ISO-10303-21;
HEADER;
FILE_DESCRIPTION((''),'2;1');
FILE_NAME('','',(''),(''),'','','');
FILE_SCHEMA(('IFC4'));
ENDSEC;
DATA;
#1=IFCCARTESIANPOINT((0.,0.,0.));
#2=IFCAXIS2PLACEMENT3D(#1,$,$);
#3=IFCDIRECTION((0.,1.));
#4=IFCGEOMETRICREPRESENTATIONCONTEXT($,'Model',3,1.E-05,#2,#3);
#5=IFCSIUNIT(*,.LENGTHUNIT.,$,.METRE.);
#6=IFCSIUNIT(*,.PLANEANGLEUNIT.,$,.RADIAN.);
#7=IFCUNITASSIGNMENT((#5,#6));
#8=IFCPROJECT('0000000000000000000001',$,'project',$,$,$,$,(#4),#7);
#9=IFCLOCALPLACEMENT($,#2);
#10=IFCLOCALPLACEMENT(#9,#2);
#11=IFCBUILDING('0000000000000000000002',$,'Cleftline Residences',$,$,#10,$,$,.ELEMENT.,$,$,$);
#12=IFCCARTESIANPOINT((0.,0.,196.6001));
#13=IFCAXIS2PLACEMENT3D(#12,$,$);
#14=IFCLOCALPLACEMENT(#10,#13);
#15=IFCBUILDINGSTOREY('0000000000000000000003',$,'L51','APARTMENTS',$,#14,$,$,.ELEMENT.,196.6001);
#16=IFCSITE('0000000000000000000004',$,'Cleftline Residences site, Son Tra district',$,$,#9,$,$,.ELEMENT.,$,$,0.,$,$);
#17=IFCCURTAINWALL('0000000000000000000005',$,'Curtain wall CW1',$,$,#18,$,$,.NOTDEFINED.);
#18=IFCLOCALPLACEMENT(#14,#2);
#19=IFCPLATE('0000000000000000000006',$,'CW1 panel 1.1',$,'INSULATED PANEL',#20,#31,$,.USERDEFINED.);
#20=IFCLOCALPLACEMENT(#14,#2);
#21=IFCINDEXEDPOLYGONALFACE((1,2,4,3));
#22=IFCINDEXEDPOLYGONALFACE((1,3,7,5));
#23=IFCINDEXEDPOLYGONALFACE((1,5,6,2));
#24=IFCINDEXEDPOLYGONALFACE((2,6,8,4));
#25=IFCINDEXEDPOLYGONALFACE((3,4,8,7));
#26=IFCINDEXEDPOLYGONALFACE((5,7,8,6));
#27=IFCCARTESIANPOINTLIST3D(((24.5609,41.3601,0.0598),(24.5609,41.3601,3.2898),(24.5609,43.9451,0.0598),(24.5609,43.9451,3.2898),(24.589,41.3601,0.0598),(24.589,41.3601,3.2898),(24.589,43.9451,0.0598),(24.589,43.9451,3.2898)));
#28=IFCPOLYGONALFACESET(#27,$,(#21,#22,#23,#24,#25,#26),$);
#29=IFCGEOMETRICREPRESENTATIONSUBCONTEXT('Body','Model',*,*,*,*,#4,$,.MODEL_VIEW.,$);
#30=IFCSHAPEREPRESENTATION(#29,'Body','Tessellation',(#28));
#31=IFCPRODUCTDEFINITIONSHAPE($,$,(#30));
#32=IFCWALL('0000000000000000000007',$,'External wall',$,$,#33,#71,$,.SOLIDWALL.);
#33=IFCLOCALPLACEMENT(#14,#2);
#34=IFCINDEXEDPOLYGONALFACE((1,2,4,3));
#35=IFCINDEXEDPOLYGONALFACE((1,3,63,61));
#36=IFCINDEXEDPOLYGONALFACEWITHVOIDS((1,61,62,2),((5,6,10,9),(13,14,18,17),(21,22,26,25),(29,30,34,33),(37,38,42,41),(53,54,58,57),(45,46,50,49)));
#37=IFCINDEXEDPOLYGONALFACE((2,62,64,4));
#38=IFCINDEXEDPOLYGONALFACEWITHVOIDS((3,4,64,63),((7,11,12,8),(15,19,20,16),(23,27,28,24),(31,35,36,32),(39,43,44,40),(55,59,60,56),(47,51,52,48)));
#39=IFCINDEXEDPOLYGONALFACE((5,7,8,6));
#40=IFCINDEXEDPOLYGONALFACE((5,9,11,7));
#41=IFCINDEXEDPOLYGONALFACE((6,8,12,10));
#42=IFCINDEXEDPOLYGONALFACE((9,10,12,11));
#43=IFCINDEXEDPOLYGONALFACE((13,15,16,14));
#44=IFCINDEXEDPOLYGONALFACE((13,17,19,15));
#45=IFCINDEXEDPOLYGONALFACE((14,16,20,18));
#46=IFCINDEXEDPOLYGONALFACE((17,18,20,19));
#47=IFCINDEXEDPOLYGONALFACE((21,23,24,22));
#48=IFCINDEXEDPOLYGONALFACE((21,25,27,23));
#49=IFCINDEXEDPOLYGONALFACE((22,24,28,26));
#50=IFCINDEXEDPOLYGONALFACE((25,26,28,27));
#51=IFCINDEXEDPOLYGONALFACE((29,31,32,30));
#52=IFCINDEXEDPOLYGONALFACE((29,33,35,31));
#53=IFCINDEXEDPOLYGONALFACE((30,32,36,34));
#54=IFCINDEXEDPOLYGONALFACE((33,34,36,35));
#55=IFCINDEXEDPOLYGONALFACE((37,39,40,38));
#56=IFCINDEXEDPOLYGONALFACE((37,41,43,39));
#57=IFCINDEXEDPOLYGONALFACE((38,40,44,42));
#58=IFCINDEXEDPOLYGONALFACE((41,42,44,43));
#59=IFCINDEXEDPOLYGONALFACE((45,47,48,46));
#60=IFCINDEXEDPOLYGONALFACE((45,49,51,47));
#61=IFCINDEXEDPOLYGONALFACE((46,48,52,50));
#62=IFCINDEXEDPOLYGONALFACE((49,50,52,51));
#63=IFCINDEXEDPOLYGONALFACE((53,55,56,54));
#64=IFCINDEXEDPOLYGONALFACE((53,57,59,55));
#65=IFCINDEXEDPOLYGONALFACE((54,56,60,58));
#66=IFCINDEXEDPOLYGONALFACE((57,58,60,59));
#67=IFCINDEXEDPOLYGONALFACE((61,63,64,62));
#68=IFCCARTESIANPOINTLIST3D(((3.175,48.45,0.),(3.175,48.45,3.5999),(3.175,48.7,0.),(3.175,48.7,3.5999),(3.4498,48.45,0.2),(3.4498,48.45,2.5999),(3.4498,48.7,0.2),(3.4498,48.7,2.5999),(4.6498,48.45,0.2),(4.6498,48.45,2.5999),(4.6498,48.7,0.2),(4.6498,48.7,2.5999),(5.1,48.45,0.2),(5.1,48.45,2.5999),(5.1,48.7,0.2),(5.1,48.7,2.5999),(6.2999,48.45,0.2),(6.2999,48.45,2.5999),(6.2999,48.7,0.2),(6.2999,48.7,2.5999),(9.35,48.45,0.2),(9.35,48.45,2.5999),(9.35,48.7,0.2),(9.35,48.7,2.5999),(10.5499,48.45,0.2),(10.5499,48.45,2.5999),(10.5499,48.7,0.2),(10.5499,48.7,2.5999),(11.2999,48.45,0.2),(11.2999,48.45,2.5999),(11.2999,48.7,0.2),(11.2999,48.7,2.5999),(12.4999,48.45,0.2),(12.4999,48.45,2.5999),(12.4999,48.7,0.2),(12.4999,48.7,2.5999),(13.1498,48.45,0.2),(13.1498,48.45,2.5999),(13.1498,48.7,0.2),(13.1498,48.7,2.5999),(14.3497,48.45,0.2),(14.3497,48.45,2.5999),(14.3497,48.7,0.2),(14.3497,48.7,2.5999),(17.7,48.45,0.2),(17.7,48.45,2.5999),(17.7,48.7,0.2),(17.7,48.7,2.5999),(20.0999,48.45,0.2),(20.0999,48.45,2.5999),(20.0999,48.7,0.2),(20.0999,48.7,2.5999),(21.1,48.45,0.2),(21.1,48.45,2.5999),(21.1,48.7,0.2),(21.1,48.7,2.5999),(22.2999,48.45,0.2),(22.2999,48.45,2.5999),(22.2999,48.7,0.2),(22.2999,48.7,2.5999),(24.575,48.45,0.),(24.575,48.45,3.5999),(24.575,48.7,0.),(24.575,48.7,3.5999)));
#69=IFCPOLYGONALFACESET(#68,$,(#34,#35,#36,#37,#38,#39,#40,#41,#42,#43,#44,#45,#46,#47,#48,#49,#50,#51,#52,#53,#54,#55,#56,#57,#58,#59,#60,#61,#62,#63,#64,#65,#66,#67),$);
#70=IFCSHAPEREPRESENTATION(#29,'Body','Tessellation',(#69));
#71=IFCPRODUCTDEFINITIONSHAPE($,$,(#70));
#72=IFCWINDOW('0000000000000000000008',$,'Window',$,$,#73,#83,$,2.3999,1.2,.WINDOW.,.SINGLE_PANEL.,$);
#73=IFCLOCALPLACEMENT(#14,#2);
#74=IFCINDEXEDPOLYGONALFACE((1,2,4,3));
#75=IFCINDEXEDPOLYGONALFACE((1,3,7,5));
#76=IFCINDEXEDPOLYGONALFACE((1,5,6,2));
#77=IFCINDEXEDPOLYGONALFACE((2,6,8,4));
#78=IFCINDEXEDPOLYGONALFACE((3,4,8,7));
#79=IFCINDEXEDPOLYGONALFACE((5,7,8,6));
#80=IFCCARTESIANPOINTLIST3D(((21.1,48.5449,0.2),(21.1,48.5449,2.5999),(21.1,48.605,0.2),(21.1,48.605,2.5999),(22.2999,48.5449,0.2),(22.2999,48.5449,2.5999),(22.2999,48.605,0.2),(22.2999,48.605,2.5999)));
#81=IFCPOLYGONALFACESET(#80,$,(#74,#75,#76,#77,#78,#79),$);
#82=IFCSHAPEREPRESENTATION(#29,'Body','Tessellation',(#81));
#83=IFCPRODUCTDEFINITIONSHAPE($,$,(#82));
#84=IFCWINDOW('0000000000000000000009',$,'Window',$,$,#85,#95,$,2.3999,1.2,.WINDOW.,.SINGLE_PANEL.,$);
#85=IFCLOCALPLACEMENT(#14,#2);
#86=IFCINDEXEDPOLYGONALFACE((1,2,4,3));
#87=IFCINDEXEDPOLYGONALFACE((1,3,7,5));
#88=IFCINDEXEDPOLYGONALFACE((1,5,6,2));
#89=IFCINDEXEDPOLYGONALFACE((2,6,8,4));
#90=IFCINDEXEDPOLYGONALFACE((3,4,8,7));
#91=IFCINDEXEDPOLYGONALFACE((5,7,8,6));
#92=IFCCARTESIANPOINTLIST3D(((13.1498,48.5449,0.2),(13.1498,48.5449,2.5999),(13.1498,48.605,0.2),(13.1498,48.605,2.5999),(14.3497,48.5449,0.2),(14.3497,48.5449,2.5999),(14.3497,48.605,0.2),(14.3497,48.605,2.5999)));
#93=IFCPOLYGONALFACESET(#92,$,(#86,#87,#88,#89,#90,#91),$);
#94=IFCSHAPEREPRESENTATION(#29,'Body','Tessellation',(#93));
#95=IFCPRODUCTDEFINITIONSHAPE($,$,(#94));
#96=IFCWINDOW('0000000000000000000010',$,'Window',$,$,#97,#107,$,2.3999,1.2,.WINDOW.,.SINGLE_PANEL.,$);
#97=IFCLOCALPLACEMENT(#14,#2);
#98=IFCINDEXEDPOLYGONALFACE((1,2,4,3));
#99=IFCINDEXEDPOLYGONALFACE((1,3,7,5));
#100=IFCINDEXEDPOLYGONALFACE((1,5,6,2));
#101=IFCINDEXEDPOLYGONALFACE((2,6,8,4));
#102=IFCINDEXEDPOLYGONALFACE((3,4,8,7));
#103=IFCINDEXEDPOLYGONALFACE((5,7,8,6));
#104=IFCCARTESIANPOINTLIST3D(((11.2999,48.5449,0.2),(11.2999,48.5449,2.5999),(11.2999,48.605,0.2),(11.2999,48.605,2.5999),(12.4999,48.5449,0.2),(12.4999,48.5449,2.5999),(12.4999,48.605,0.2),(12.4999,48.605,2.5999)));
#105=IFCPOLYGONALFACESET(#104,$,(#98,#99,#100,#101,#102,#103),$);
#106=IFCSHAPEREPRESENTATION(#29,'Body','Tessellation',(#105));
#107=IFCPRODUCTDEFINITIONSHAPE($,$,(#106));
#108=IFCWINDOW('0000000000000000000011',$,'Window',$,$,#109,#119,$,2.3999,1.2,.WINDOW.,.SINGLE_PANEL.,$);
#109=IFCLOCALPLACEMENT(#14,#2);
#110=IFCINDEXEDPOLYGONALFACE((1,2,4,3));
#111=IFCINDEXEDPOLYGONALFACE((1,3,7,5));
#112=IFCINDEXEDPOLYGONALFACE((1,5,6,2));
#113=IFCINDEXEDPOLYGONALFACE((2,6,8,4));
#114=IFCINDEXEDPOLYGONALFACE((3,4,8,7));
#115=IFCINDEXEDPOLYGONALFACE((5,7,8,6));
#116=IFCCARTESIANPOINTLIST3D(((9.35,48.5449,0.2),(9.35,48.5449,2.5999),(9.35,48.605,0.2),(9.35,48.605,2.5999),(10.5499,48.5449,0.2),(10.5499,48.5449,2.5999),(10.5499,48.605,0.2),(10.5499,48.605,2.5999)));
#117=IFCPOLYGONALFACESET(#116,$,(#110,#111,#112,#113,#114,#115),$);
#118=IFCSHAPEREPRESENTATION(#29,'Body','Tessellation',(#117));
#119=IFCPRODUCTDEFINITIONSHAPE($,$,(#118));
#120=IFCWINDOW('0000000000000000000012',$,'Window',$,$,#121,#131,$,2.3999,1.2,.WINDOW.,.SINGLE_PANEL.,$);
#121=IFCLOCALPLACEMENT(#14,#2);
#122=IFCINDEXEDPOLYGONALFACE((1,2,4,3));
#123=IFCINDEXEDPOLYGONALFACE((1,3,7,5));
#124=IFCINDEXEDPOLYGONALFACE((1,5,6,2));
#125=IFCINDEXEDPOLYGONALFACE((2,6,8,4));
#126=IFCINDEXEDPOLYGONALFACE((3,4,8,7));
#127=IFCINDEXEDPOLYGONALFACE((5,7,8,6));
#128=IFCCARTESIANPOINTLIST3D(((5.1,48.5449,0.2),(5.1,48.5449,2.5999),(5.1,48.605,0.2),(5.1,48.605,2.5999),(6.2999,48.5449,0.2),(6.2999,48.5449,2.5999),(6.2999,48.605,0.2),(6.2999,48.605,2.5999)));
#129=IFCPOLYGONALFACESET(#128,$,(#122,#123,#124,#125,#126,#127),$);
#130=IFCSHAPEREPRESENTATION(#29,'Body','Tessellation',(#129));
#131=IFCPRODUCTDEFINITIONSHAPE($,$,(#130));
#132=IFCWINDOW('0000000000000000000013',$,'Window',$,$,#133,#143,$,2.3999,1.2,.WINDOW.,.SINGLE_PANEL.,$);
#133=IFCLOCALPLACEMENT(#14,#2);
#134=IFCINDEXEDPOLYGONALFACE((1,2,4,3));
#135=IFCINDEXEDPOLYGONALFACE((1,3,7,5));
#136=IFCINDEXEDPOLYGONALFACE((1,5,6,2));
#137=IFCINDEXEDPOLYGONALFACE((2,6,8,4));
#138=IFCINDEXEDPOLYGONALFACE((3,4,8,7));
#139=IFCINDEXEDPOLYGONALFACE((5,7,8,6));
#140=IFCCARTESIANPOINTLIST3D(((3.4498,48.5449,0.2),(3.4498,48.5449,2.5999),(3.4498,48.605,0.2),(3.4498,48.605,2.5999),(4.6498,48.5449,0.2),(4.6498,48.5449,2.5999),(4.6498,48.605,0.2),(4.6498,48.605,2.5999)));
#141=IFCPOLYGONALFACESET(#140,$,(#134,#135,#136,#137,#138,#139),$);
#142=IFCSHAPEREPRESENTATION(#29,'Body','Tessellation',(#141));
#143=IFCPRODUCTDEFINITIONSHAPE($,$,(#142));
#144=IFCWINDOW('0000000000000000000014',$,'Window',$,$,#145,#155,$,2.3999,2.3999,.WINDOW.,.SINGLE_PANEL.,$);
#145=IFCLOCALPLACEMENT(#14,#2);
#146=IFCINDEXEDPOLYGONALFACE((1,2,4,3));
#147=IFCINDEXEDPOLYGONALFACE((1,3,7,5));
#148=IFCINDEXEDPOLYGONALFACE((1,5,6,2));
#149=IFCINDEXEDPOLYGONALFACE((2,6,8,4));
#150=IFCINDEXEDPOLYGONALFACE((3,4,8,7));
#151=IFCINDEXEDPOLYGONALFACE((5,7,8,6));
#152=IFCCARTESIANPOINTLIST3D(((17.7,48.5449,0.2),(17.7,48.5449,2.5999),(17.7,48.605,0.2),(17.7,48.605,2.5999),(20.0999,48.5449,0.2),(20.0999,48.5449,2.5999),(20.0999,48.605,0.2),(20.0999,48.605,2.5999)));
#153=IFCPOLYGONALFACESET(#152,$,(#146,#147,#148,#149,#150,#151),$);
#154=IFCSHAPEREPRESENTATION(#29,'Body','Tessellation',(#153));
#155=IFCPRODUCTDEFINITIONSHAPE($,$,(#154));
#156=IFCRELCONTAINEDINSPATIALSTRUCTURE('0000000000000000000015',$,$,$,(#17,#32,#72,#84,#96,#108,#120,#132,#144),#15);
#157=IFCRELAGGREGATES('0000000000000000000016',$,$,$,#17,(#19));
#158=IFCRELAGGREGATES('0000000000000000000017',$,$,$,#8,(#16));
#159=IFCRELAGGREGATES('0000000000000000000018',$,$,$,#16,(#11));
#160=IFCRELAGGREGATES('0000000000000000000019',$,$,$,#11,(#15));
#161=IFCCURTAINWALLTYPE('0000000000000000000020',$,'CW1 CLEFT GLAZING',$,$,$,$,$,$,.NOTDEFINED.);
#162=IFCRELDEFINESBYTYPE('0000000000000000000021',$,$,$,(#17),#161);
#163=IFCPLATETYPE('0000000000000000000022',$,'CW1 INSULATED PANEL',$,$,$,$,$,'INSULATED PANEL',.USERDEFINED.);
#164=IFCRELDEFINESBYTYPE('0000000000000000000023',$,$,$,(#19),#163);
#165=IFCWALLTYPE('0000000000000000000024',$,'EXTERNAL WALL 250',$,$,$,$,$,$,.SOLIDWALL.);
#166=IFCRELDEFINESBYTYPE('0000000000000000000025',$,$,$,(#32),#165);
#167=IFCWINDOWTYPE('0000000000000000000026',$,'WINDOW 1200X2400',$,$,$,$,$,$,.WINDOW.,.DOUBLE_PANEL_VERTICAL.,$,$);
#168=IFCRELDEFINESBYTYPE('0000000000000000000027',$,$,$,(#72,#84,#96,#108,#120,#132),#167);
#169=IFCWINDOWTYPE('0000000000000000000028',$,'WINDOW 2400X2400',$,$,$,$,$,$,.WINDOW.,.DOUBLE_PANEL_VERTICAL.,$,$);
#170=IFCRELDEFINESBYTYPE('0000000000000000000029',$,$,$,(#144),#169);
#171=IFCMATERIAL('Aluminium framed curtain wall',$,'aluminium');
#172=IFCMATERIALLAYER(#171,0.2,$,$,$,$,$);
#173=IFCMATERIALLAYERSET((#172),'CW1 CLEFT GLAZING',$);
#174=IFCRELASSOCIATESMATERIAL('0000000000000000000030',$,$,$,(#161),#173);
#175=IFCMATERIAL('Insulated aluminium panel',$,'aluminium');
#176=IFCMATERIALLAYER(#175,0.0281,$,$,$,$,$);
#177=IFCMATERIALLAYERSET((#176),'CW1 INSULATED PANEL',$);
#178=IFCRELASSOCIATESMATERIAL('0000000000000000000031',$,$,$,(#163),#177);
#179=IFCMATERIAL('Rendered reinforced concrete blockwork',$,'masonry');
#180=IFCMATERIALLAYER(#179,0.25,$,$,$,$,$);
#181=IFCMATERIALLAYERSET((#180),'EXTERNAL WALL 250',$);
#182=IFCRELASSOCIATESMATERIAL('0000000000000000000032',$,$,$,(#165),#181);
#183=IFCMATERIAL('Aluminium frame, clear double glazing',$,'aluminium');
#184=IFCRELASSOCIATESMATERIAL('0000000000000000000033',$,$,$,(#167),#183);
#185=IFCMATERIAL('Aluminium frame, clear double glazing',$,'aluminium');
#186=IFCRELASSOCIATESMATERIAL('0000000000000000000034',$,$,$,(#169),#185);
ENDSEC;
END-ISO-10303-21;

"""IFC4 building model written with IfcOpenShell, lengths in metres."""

from ifc_helpers import new_model, si_unit, direction, frame, frame_2d, origin, origin_2d, place, context, subcontext, project, spatial, rectangle, extrude, material, layer, layer_set, type_object, element, fill, aggregate, save


model = new_model("IFC4")

# Units and contexts
model_context = context("Model", 3, precision=1e-05, world=origin(), true_north=direction((0.0, 1.0)))
body_context = subcontext(model_context, "Body", "Model", "MODEL_VIEW")
ifc_project = project(units=[si_unit("LENGTHUNIT", "METRE"), si_unit("PLANEANGLEUNIT", "RADIAN")], contexts=[model_context])

# Site, building, storey
site_placement = place(None, origin())
site = spatial("IfcSite", under=ifc_project, at=site_placement, Name="Cleftline Residences site, Son Tra district", CompositionType="ELEMENT", RefElevation=0.0)
building_placement = place(site_placement, origin())
building = spatial("IfcBuilding", under=site, at=building_placement, Name="Cleftline Residences", CompositionType="ELEMENT")
storey_placement = place(building_placement, frame((0.0, 0.0, 196.6001)))
storey = spatial("IfcBuildingStorey", under=building, at=storey_placement, Name="L51", Description="APARTMENTS", CompositionType="ELEMENT", Elevation=196.6001)

# Shared definitions
ifc_material_1 = material(Name="Aluminium framed curtain wall", Category="aluminium")
ifc_layer_1 = layer(ifc_material_1, 0.2)
ifc_layer_set_1 = layer_set([ifc_layer_1], Name="CW1 CLEFT GLAZING")
curtain_wall_type = type_object("IfcCurtainWallType", Name="CW1 CLEFT GLAZING", PredefinedType="NOTDEFINED", material=ifc_layer_set_1)

# Curtain wall, plate
curtain_wall_1_placement = place(storey_placement, origin())
curtain_wall_1 = element("IfcCurtainWall", 1, at=curtain_wall_1_placement, inside=storey, type_object=curtain_wall_type, Name="Curtain wall CW1", PredefinedType="NOTDEFINED")
ifc_material_2 = material(Name="Insulated aluminium panel", Category="aluminium")
ifc_layer_2 = layer(ifc_material_2, 0.0281)
ifc_layer_set_2 = layer_set([ifc_layer_2], Name="CW1 INSULATED PANEL")
plate_type_1 = type_object("IfcPlateType", Name="CW1 INSULATED PANEL", ElementType="INSULATED PANEL", PredefinedType="USERDEFINED", material=ifc_layer_set_2)
plate_1_placement = place(storey_placement, frame((24.575, 42.6526, 0.0598), z_axis=(0.0, 0.0, 1.0), x_axis=(0.0, 1.0, 0.0)))
plate_1 = element("IfcPlate", 2, at=plate_1_placement, type_object=plate_type_1, Name="CW1 panel 1.1", ObjectType="INSULATED PANEL", PredefinedType="USERDEFINED", context=body_context, shape_type="SweptSolid", body=[
    extrude(rectangle(XDim=2.585, YDim=0.0281, at=origin_2d()), origin(), (0.0, 0.0, 1.0), 3.23),
])
aggregate(curtain_wall_1, [plate_1])

# Wall, openings, windows
ifc_material_3 = material(Name="Rendered reinforced concrete blockwork", Category="masonry")
ifc_layer_3 = layer(ifc_material_3, 0.25)
ifc_layer_set_3 = layer_set([ifc_layer_3], Name="EXTERNAL WALL 250")
wall_type = type_object("IfcWallType", Name="EXTERNAL WALL 250", PredefinedType="SOLIDWALL", material=ifc_layer_set_3)
wall_placement = place(storey_placement, frame((24.575, 48.575, 0.0), z_axis=(0.0, 0.0, 1.0), x_axis=(-1.0, 0.0, 0.0)))
wall = element("IfcWall", 3, at=wall_placement, inside=storey, type_object=wall_type, Name="External wall", PredefinedType="SOLIDWALL", context=body_context, shape_type="SweptSolid", body=[
    extrude(rectangle(XDim=21.3999, YDim=0.25, at=frame_2d((10.7, 0.0))), origin(), (0.0, 0.0, 1.0), 3.5999),
])
opening_1_placement = place(wall_placement, frame((2.2749, 0.0, 0.2)))
opening_1 = element("IfcOpeningElement", 4, at=opening_1_placement, cuts=wall, PredefinedType="OPENING", context=body_context, shape_type="SweptSolid", body=[
    extrude(rectangle(XDim=1.2, YDim=2.3999, at=frame_2d((0.6001, 1.2))), frame((0.0, 0.135, 0.0), z_axis=(0.0, -1.0, 0.0), x_axis=(1.0, 0.0, 0.0)), (0.0, 0.0, 1.0), 0.27),
])
opening_2_placement = place(wall_placement, frame((4.4751, 0.0, 0.2)))
opening_2 = element("IfcOpeningElement", 5, at=opening_2_placement, cuts=wall, PredefinedType="OPENING", context=body_context, shape_type="SweptSolid", body=[
    extrude(rectangle(XDim=2.3999, YDim=2.3999, at=frame_2d((1.2, 1.2))), frame((0.0, 0.135, 0.0), z_axis=(0.0, -1.0, 0.0), x_axis=(1.0, 0.0, 0.0)), (0.0, 0.0, 1.0), 0.27),
])
opening_3_placement = place(wall_placement, frame((10.2251, 0.0, 0.2)))
opening_3 = element("IfcOpeningElement", 6, at=opening_3_placement, cuts=wall, PredefinedType="OPENING", context=body_context, shape_type="SweptSolid", body=[
    extrude(rectangle(XDim=1.2, YDim=2.3999, at=frame_2d((0.6001, 1.2))), frame((0.0, 0.135, 0.0), z_axis=(0.0, -1.0, 0.0), x_axis=(1.0, 0.0, 0.0)), (0.0, 0.0, 1.0), 0.27),
])
opening_4_placement = place(wall_placement, frame((12.075, 0.0, 0.2)))
opening_4 = element("IfcOpeningElement", 7, at=opening_4_placement, cuts=wall, PredefinedType="OPENING", context=body_context, shape_type="SweptSolid", body=[
    extrude(rectangle(XDim=1.2, YDim=2.3999, at=frame_2d((0.6001, 1.2))), frame((0.0, 0.135, 0.0), z_axis=(0.0, -1.0, 0.0), x_axis=(1.0, 0.0, 0.0)), (0.0, 0.0, 1.0), 0.27),
])
opening_5_placement = place(wall_placement, frame((14.0249, 0.0, 0.2)))
opening_5 = element("IfcOpeningElement", 8, at=opening_5_placement, cuts=wall, PredefinedType="OPENING", context=body_context, shape_type="SweptSolid", body=[
    extrude(rectangle(XDim=1.2, YDim=2.3999, at=frame_2d((0.6001, 1.2))), frame((0.0, 0.135, 0.0), z_axis=(0.0, -1.0, 0.0), x_axis=(1.0, 0.0, 0.0)), (0.0, 0.0, 1.0), 0.27),
])
opening_6_placement = place(wall_placement, frame((18.2749, 0.0, 0.2)))
opening_6 = element("IfcOpeningElement", 9, at=opening_6_placement, cuts=wall, PredefinedType="OPENING", context=body_context, shape_type="SweptSolid", body=[
    extrude(rectangle(XDim=1.2, YDim=2.3999, at=frame_2d((0.6001, 1.2))), frame((0.0, 0.135, 0.0), z_axis=(0.0, -1.0, 0.0), x_axis=(1.0, 0.0, 0.0)), (0.0, 0.0, 1.0), 0.27),
])
opening_7_placement = place(wall_placement, frame((19.925, 0.0, 0.2)))
opening_7 = element("IfcOpeningElement", 10, at=opening_7_placement, cuts=wall, PredefinedType="OPENING", context=body_context, shape_type="SweptSolid", body=[
    extrude(rectangle(XDim=1.2, YDim=2.3999, at=frame_2d((0.6001, 1.2))), frame((0.0, 0.135, 0.0), z_axis=(0.0, -1.0, 0.0), x_axis=(1.0, 0.0, 0.0)), (0.0, 0.0, 1.0), 0.27),
])
ifc_material_4 = material(Name="Aluminium frame, clear double glazing", Category="aluminium")
window_type_1 = type_object("IfcWindowType", Name="WINDOW 1200X2400", PartitioningType="DOUBLE_PANEL_VERTICAL", PredefinedType="WINDOW", material=ifc_material_4)
window_1_placement = place(opening_1_placement, origin())
window_1 = element("IfcWindow", 11, at=window_1_placement, inside=storey, type_object=window_type_1, Name="Window", OverallHeight=2.3999, OverallWidth=1.2, PartitioningType="SINGLE_PANEL", PredefinedType="WINDOW", context=body_context, shape_type="SweptSolid", body=[
    extrude(rectangle(XDim=1.2, YDim=2.3999, at=frame_2d((0.6001, 1.2))), frame((0.0, 0.03, 0.0), z_axis=(0.0, -1.0, 0.0), x_axis=(1.0, 0.0, 0.0)), (0.0, 0.0, 1.0), 0.0601),
])
fill(opening_1, window_1)
window_2_placement = place(opening_3_placement, origin())
window_2 = element("IfcWindow", 12, at=window_2_placement, inside=storey, type_object=window_type_1, Name="Window", OverallHeight=2.3999, OverallWidth=1.2, PartitioningType="SINGLE_PANEL", PredefinedType="WINDOW", context=body_context, shape_type="SweptSolid", body=[
    extrude(rectangle(XDim=1.2, YDim=2.3999, at=frame_2d((0.6001, 1.2))), frame((0.0, 0.03, 0.0), z_axis=(0.0, -1.0, 0.0), x_axis=(1.0, 0.0, 0.0)), (0.0, 0.0, 1.0), 0.0601),
])
fill(opening_3, window_2)
window_3_placement = place(opening_4_placement, origin())
window_3 = element("IfcWindow", 13, at=window_3_placement, inside=storey, type_object=window_type_1, Name="Window", OverallHeight=2.3999, OverallWidth=1.2, PartitioningType="SINGLE_PANEL", PredefinedType="WINDOW", context=body_context, shape_type="SweptSolid", body=[
    extrude(rectangle(XDim=1.2, YDim=2.3999, at=frame_2d((0.6001, 1.2))), frame((0.0, 0.03, 0.0), z_axis=(0.0, -1.0, 0.0), x_axis=(1.0, 0.0, 0.0)), (0.0, 0.0, 1.0), 0.0601),
])
fill(opening_4, window_3)
window_4_placement = place(opening_5_placement, origin())
window_4 = element("IfcWindow", 14, at=window_4_placement, inside=storey, type_object=window_type_1, Name="Window", OverallHeight=2.3999, OverallWidth=1.2, PartitioningType="SINGLE_PANEL", PredefinedType="WINDOW", context=body_context, shape_type="SweptSolid", body=[
    extrude(rectangle(XDim=1.2, YDim=2.3999, at=frame_2d((0.6001, 1.2))), frame((0.0, 0.03, 0.0), z_axis=(0.0, -1.0, 0.0), x_axis=(1.0, 0.0, 0.0)), (0.0, 0.0, 1.0), 0.0601),
])
fill(opening_5, window_4)
window_5_placement = place(opening_6_placement, origin())
window_5 = element("IfcWindow", 15, at=window_5_placement, inside=storey, type_object=window_type_1, Name="Window", OverallHeight=2.3999, OverallWidth=1.2, PartitioningType="SINGLE_PANEL", PredefinedType="WINDOW", context=body_context, shape_type="SweptSolid", body=[
    extrude(rectangle(XDim=1.2, YDim=2.3999, at=frame_2d((0.6001, 1.2))), frame((0.0, 0.03, 0.0), z_axis=(0.0, -1.0, 0.0), x_axis=(1.0, 0.0, 0.0)), (0.0, 0.0, 1.0), 0.0601),
])
fill(opening_6, window_5)
window_6_placement = place(opening_7_placement, origin())
window_6 = element("IfcWindow", 16, at=window_6_placement, inside=storey, type_object=window_type_1, Name="Window", OverallHeight=2.3999, OverallWidth=1.2, PartitioningType="SINGLE_PANEL", PredefinedType="WINDOW", context=body_context, shape_type="SweptSolid", body=[
    extrude(rectangle(XDim=1.2, YDim=2.3999, at=frame_2d((0.6001, 1.2))), frame((0.0, 0.03, 0.0), z_axis=(0.0, -1.0, 0.0), x_axis=(1.0, 0.0, 0.0)), (0.0, 0.0, 1.0), 0.0601),
])
fill(opening_7, window_6)
ifc_material_5 = material(Name="Aluminium frame, clear double glazing", Category="aluminium")
window_type_2 = type_object("IfcWindowType", Name="WINDOW 2400X2400", PartitioningType="DOUBLE_PANEL_VERTICAL", PredefinedType="WINDOW", material=ifc_material_5)
window_7_placement = place(opening_2_placement, origin())
window_7 = element("IfcWindow", 17, at=window_7_placement, inside=storey, type_object=window_type_2, Name="Window", OverallHeight=2.3999, OverallWidth=2.3999, PartitioningType="SINGLE_PANEL", PredefinedType="WINDOW", context=body_context, shape_type="SweptSolid", body=[
    extrude(rectangle(XDim=2.3999, YDim=2.3999, at=frame_2d((1.2, 1.2))), frame((0.0, 0.03, 0.0), z_axis=(0.0, -1.0, 0.0), x_axis=(1.0, 0.0, 0.0)), (0.0, 0.0, 1.0), 0.0601),
])
fill(opening_2, window_7)

save(model, "model.ifc")
